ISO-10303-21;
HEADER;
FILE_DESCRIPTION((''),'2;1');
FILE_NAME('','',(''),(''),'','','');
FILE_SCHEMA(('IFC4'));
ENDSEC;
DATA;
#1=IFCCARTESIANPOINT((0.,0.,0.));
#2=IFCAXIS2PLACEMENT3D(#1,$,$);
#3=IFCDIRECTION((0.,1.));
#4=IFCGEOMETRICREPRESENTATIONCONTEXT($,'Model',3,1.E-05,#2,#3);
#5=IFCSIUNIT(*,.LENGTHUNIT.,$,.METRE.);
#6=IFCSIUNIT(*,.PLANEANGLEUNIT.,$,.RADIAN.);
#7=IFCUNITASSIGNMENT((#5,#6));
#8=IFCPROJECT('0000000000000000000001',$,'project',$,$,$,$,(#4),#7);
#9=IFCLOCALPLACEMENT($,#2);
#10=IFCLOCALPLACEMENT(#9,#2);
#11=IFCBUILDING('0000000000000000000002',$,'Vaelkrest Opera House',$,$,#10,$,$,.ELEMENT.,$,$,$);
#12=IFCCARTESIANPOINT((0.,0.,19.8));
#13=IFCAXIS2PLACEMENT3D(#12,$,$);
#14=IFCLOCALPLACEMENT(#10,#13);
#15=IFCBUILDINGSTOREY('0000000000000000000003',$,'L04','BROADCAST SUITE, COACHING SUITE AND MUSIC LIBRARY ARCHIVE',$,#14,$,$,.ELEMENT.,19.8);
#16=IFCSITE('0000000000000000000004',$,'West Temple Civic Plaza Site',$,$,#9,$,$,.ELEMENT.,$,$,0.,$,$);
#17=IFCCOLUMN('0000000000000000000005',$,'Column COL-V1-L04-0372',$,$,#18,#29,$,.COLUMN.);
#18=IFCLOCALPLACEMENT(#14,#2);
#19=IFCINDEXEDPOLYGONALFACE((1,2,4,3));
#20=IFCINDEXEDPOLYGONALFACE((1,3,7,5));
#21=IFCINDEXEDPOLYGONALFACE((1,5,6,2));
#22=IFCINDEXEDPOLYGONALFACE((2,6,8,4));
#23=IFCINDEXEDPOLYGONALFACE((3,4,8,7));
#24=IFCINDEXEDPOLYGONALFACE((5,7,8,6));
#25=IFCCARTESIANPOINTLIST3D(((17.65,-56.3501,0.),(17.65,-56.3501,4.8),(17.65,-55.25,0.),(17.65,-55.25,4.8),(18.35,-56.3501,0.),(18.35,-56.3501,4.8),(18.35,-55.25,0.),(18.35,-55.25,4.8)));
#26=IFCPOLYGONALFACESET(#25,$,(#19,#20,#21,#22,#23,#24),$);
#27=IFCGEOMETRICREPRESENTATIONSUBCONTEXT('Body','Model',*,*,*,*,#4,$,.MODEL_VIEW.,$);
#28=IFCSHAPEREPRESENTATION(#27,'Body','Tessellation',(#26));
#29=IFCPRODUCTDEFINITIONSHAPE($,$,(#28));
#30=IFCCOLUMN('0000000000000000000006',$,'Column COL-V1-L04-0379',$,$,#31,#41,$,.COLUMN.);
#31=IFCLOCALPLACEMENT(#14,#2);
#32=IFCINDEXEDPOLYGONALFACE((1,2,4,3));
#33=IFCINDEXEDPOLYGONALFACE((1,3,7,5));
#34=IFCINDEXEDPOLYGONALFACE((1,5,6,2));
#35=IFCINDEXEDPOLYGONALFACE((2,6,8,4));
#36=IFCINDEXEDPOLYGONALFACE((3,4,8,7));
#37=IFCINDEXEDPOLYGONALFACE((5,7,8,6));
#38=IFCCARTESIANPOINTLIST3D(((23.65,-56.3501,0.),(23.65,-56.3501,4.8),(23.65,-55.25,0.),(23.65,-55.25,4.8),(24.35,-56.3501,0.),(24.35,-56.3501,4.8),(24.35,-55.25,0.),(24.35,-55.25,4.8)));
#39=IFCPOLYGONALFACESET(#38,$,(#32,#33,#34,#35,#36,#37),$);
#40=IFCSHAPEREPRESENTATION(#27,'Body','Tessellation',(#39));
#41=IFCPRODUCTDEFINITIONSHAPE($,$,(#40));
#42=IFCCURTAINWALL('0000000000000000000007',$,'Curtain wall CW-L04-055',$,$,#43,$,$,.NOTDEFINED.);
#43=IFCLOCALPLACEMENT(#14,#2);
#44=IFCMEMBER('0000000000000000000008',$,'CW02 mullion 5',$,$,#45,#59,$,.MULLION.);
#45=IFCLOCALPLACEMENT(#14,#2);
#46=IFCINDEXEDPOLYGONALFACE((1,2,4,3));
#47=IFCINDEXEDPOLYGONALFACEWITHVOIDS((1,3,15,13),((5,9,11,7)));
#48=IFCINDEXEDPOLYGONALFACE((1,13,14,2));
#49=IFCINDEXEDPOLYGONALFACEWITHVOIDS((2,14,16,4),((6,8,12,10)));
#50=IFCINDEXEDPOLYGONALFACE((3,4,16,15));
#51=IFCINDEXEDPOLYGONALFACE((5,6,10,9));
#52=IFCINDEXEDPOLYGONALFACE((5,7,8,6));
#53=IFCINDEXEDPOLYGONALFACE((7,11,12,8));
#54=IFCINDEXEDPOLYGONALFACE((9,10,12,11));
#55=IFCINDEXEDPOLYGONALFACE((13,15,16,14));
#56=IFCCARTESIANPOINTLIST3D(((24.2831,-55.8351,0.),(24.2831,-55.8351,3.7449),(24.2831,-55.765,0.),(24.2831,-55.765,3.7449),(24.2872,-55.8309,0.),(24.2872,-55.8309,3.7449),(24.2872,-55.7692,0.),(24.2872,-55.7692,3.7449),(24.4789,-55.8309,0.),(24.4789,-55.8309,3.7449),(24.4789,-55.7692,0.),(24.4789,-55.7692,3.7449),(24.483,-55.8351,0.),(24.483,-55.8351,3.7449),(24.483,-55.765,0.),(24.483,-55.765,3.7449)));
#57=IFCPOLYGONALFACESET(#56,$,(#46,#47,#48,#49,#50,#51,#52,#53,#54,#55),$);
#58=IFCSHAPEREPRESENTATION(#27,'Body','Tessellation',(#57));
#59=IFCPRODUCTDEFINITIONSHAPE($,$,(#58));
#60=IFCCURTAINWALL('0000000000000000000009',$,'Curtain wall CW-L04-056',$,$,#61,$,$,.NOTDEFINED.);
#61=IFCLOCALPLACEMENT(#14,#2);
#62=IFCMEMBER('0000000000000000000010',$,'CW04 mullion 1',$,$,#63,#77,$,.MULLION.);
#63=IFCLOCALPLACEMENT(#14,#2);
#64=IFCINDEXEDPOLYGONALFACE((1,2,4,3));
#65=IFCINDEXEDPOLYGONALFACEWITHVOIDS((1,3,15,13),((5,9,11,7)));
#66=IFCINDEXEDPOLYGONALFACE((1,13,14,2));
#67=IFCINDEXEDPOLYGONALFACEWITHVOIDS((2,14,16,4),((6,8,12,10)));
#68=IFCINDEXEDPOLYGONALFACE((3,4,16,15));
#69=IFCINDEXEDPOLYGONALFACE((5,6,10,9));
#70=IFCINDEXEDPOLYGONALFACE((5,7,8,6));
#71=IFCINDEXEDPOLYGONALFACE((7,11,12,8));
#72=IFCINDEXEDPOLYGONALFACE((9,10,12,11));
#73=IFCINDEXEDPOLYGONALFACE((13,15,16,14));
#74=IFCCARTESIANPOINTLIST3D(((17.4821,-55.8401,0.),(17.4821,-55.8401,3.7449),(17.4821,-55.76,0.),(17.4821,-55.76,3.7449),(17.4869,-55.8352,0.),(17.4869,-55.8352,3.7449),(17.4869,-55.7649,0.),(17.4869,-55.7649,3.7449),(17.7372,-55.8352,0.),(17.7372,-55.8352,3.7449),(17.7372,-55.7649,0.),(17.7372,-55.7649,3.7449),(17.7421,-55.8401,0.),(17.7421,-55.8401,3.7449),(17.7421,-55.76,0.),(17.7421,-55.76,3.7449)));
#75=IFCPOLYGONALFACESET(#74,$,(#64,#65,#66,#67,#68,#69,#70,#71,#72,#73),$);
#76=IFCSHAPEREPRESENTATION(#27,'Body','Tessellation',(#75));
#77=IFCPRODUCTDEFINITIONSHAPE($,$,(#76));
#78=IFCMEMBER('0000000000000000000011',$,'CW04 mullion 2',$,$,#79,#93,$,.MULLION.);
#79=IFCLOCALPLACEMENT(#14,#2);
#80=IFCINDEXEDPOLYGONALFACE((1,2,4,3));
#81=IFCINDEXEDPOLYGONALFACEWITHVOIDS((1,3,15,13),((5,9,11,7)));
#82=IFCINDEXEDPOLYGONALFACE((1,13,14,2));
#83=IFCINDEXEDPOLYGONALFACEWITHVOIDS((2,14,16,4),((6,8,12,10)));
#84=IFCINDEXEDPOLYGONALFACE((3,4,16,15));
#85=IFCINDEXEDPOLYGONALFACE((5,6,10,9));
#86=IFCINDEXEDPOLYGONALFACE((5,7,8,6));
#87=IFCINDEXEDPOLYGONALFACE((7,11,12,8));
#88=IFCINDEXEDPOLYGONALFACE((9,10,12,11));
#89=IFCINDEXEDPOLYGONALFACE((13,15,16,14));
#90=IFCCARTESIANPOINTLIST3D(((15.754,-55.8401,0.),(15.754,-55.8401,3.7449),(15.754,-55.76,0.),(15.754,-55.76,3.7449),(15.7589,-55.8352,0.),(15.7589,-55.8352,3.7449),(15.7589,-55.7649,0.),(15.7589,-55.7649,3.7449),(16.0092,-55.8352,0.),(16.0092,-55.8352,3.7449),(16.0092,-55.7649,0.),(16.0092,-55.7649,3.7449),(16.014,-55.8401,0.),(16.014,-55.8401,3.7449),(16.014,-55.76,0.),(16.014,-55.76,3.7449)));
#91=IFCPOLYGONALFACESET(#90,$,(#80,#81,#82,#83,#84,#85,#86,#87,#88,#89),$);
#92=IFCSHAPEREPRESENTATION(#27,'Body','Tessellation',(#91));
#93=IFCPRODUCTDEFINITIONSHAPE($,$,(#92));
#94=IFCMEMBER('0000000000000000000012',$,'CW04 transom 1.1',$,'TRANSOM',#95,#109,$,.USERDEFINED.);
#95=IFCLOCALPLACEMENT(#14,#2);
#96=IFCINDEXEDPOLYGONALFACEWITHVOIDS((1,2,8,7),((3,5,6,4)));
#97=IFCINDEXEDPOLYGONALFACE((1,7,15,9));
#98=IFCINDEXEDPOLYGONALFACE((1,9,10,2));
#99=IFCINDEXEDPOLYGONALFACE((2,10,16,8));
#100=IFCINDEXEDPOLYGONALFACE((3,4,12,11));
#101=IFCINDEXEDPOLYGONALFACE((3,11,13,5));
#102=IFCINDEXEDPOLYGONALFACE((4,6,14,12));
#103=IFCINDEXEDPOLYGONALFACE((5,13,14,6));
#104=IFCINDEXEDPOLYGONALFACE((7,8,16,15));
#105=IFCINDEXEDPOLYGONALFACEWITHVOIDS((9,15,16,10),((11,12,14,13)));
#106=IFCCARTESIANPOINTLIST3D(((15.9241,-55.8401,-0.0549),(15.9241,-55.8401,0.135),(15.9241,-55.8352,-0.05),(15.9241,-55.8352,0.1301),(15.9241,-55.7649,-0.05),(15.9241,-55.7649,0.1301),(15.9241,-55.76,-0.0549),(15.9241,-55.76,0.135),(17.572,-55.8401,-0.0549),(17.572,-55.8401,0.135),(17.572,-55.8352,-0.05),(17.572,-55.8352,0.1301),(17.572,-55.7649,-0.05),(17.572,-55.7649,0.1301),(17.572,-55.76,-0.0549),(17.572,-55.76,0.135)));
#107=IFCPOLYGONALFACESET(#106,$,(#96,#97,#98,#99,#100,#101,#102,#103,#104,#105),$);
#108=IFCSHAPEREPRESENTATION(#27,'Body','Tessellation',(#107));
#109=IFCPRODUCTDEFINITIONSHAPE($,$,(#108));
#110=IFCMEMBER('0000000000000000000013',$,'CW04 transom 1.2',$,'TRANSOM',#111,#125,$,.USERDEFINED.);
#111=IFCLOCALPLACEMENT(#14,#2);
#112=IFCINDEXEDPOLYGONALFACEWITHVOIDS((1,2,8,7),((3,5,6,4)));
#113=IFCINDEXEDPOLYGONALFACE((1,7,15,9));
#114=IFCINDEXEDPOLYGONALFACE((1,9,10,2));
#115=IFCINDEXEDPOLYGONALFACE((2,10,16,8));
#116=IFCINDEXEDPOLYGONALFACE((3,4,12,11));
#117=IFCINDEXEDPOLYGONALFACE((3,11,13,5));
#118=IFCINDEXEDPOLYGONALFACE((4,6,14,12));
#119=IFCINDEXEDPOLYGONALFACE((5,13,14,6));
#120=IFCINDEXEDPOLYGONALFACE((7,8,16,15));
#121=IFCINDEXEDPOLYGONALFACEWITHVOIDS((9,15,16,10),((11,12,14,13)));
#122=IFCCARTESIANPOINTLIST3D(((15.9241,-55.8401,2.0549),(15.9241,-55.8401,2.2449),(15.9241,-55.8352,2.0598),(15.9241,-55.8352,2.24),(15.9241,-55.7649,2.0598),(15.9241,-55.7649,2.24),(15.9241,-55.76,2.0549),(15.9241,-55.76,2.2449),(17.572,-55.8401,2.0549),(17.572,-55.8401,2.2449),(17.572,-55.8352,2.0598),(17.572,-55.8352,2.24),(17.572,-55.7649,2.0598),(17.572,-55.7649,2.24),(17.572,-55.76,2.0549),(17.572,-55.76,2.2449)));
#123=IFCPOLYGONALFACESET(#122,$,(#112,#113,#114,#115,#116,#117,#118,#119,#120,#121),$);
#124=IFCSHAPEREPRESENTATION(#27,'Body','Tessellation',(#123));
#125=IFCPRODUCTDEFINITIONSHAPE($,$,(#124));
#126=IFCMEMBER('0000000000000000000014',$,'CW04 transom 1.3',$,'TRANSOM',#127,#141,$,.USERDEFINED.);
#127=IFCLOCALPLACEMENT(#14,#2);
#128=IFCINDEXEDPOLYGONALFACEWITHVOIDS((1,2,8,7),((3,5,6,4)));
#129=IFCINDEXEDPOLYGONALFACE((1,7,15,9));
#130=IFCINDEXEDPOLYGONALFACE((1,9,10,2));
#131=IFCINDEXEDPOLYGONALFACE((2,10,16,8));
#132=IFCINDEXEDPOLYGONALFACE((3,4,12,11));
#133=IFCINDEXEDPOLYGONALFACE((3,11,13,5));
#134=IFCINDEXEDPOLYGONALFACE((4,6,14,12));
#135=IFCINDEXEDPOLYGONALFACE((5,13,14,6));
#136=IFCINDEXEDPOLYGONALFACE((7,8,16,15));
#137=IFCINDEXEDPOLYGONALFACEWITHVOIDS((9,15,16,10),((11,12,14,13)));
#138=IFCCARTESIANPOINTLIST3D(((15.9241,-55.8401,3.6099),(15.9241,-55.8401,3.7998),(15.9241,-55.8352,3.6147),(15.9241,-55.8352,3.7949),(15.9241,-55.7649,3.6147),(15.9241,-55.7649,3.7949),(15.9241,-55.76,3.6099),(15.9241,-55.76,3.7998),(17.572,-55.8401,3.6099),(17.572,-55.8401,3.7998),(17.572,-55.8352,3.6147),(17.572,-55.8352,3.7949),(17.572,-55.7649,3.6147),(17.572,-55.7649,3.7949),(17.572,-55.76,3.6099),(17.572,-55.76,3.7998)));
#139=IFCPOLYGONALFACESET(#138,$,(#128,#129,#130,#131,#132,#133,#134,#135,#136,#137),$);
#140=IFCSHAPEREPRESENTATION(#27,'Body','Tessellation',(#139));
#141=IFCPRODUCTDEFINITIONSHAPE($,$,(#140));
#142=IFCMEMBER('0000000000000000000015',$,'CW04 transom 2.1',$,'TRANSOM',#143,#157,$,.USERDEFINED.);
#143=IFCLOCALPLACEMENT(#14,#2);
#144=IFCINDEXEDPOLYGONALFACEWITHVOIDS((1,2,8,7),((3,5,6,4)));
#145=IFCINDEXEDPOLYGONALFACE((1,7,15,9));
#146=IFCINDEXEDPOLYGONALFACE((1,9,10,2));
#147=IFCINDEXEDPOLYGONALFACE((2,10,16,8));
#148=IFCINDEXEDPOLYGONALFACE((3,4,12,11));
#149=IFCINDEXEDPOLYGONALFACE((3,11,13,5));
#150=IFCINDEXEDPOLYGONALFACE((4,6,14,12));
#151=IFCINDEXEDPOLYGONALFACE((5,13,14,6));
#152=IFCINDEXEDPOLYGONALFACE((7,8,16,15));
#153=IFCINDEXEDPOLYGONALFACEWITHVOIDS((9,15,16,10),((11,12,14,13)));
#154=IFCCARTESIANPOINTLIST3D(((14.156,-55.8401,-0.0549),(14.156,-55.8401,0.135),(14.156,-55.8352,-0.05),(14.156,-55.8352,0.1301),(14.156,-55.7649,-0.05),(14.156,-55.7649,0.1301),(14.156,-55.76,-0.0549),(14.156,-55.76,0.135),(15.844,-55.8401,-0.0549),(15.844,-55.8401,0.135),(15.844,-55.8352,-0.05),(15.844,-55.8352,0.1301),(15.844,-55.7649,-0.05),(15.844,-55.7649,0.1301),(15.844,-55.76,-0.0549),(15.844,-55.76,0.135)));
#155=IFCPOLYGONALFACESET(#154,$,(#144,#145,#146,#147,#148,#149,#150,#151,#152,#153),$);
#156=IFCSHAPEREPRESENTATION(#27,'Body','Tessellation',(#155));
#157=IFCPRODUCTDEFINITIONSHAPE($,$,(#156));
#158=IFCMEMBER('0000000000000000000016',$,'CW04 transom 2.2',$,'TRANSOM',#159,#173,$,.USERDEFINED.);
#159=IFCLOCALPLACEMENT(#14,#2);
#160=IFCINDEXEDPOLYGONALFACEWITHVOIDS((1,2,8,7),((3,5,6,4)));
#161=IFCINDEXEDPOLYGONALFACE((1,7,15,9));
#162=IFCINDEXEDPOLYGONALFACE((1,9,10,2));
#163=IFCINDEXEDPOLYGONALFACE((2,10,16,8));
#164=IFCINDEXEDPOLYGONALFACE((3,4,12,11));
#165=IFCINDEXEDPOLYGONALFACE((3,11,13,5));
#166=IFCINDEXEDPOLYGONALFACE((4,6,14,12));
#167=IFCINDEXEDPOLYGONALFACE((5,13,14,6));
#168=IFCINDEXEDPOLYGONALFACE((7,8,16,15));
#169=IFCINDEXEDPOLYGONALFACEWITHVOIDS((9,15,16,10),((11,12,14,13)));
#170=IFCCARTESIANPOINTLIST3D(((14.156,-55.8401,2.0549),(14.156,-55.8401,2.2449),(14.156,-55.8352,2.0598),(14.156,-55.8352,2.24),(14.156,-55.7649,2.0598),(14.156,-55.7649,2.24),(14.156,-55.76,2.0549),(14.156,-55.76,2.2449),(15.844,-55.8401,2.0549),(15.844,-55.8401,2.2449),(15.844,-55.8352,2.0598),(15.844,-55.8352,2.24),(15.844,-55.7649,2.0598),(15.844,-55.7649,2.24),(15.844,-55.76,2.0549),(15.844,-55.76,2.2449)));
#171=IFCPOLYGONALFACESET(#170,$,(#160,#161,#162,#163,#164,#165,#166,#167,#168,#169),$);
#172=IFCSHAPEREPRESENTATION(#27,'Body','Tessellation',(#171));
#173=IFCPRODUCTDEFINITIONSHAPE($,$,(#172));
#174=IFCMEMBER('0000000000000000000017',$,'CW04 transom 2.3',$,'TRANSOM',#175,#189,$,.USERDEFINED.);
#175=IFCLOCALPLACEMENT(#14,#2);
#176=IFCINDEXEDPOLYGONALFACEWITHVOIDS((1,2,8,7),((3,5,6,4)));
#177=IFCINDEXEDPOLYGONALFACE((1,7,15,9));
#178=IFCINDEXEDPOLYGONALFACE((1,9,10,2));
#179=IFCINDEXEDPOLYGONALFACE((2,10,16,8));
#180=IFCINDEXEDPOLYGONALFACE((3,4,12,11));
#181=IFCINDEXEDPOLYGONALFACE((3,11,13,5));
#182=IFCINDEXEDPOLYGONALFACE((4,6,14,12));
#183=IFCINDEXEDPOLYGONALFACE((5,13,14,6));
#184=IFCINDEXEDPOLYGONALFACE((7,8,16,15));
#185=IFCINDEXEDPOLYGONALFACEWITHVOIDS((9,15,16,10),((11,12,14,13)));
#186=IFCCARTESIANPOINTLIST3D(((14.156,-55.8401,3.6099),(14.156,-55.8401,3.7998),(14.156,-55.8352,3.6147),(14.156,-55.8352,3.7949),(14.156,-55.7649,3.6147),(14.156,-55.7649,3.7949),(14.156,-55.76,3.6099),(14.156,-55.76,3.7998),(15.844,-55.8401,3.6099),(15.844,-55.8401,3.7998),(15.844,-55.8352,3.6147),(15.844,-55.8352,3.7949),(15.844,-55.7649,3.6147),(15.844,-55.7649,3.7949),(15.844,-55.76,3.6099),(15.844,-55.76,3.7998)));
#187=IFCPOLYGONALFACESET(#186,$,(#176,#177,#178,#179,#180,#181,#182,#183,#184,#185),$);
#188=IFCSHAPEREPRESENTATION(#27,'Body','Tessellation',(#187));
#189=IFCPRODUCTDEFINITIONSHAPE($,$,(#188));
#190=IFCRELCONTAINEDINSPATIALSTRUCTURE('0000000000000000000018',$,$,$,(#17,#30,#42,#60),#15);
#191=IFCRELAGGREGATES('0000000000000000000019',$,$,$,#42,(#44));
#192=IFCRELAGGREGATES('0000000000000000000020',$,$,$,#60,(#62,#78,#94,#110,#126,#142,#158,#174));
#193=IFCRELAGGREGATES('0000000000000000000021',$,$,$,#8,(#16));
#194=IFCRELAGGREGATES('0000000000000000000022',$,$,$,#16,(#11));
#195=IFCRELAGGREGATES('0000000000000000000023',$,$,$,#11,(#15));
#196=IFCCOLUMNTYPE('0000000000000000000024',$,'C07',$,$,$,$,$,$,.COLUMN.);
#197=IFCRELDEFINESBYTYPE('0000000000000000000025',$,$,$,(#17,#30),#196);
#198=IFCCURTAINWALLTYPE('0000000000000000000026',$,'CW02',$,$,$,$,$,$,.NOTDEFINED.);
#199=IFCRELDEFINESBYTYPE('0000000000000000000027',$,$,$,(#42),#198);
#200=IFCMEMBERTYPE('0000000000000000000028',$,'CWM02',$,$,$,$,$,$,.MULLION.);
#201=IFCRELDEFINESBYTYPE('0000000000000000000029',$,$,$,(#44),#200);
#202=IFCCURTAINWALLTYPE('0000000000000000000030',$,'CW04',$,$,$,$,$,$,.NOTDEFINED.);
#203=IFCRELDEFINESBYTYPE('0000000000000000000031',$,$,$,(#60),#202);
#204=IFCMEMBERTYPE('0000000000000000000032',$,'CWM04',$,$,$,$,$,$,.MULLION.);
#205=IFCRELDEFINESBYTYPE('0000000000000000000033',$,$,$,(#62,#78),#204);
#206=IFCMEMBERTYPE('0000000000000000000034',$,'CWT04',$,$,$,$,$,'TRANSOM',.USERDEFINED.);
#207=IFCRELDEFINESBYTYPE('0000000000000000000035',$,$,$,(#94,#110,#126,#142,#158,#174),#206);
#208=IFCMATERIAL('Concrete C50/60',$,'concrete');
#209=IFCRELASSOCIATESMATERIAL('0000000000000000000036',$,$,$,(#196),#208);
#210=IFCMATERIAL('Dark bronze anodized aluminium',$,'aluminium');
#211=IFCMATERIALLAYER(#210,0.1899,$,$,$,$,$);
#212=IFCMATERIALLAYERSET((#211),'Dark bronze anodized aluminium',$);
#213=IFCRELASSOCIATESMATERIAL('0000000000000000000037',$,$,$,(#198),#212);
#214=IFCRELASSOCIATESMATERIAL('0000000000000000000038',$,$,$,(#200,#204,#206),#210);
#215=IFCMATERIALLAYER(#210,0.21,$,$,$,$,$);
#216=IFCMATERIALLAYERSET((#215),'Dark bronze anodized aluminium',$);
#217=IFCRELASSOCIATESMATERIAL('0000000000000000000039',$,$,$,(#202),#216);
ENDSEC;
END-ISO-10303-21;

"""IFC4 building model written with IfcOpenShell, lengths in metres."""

from ifc_helpers import new_model, si_unit, direction, frame, origin, origin_2d, place, context, subcontext, project, spatial, rectangle, hollow_rectangle, extrude, material, layer, layer_set, material_profile, profile_set, type_object, element, aggregate, save


model = new_model("IFC4")

# Units and contexts
model_context = context("Model", 3, precision=1e-05, world=origin(), true_north=direction((0.0, 1.0)))
body_context = subcontext(model_context, "Body", "Model", "MODEL_VIEW")
ifc_project = project(units=[si_unit("LENGTHUNIT", "METRE"), si_unit("PLANEANGLEUNIT", "RADIAN")], contexts=[model_context])

# Site, building, storey
site_placement = place(None, origin())
site = spatial("IfcSite", under=ifc_project, at=site_placement, Name="West Temple Civic Plaza Site", CompositionType="ELEMENT", RefElevation=0.0)
building_placement = place(site_placement, origin())
building = spatial("IfcBuilding", under=site, at=building_placement, Name="Vaelkrest Opera House", CompositionType="ELEMENT")
storey_placement = place(building_placement, frame((0.0, 0.0, 19.8)))
storey = spatial("IfcBuildingStorey", under=building, at=storey_placement, Name="L04", Description="BROADCAST SUITE, COACHING SUITE AND MUSIC LIBRARY ARCHIVE", CompositionType="ELEMENT", Elevation=19.8)

# Columns
ifc_material_1 = material(Name="Concrete C50/60", Category="concrete")
ifc_material_profile_1 = material_profile(ifc_material_1, rectangle(XDim=0.7, YDim=1.1001, at=origin_2d()), Name="RC700X1100")
ifc_profile_set_1 = profile_set([ifc_material_profile_1], Name="Concrete C50/60")
column_type = type_object("IfcColumnType", Name="C07", PredefinedType="COLUMN", material=ifc_profile_set_1)
for number, where, z_axis, x_axis, name in (
    (1, (18.0, -55.8, 0.0), (0.0, 0.0, 1.0), (1.0, 0.0, 0.0), "Column COL-V1-L04-0372"),
    (2, (24.0, -55.8, 0.0), (0.0, 0.0, 1.0), (1.0, 0.0, 0.0), "Column COL-V1-L04-0379"),
):
    element("IfcColumn", number, at=place(storey_placement, frame(where, z_axis=z_axis, x_axis=x_axis)), inside=storey, type_object=column_type, Name=name, PredefinedType="COLUMN", context=body_context, shape_type="SweptSolid", body=[
        extrude(rectangle(XDim=0.7, YDim=1.1001, at=origin_2d()), origin(), (0.0, 0.0, 1.0), 4.8),
    ])

# Curtain wall, member
ifc_material_2 = material(Name="Dark bronze anodized aluminium", Category="aluminium")
ifc_layer_1 = layer(ifc_material_2, 0.1899)
ifc_layer_set_1 = layer_set([ifc_layer_1], Name="Dark bronze anodized aluminium")
curtain_wall_type_1 = type_object("IfcCurtainWallType", Name="CW02", PredefinedType="NOTDEFINED", material=ifc_layer_set_1)
curtain_wall_1_placement = place(storey_placement, origin())
curtain_wall_1 = element("IfcCurtainWall", 3, at=curtain_wall_1_placement, inside=storey, type_object=curtain_wall_type_1, Name="Curtain wall CW-L04-055", PredefinedType="NOTDEFINED")
ifc_material_profile_2 = material_profile(ifc_material_2, hollow_rectangle(XDim=0.0701, YDim=0.2, WallThickness=0.0042, at=origin_2d()), Name="CWM70X200")
ifc_profile_set_2 = profile_set([ifc_material_profile_2], Name="Dark bronze anodized aluminium")
member_type_1 = type_object("IfcMemberType", Name="CWM02", PredefinedType="MULLION", material=ifc_profile_set_2)
member_1_placement = place(storey_placement, frame((24.3831, -55.8, 0.0), z_axis=(0.0, 0.0, 1.0), x_axis=(0.0, -1.0, 0.0)))
member_1 = element("IfcMember", 4, at=member_1_placement, type_object=member_type_1, Name="CW02 mullion 5", PredefinedType="MULLION", context=body_context, shape_type="SweptSolid", body=[
    extrude(hollow_rectangle(XDim=0.0701, YDim=0.2, WallThickness=0.0042, at=origin_2d()), origin(), (0.0, 0.0, 1.0), 3.7449),
])

# Curtain wall, members
ifc_layer_2 = layer(ifc_material_2, 0.21)
ifc_layer_set_2 = layer_set([ifc_layer_2], Name="Dark bronze anodized aluminium")
curtain_wall_type_2 = type_object("IfcCurtainWallType", Name="CW04", PredefinedType="NOTDEFINED", material=ifc_layer_set_2)
curtain_wall_2_placement = place(storey_placement, origin())
curtain_wall_2 = element("IfcCurtainWall", 5, at=curtain_wall_2_placement, inside=storey, type_object=curtain_wall_type_2, Name="Curtain wall CW-L04-056", PredefinedType="NOTDEFINED")
ifc_material_profile_3 = material_profile(ifc_material_2, hollow_rectangle(XDim=0.0801, YDim=0.26, WallThickness=0.0049, at=origin_2d()), Name="CWM80X260")
ifc_profile_set_3 = profile_set([ifc_material_profile_3], Name="Dark bronze anodized aluminium")
member_type_2 = type_object("IfcMemberType", Name="CWM04", PredefinedType="MULLION", material=ifc_profile_set_3)
member_2_placement = place(storey_placement, frame((17.6121, -55.8, 0.0), z_axis=(0.0, 0.0, 1.0), x_axis=(0.0, -1.0, 0.0)))
member_2 = element("IfcMember", 6, at=member_2_placement, type_object=member_type_2, Name="CW04 mullion 1", PredefinedType="MULLION", context=body_context, shape_type="SweptSolid", body=[
    extrude(hollow_rectangle(XDim=0.0801, YDim=0.26, WallThickness=0.0049, at=origin_2d()), origin(), (0.0, 0.0, 1.0), 3.7449),
])
member_3_placement = place(storey_placement, frame((15.884, -55.8, 0.0), z_axis=(0.0, 0.0, 1.0), x_axis=(0.0, -1.0, 0.0)))
member_3 = element("IfcMember", 7, at=member_3_placement, type_object=member_type_2, Name="CW04 mullion 2", PredefinedType="MULLION", context=body_context, shape_type="SweptSolid", body=[
    extrude(hollow_rectangle(XDim=0.0801, YDim=0.26, WallThickness=0.0049, at=origin_2d()), origin(), (0.0, 0.0, 1.0), 3.7449),
])
ifc_material_profile_4 = material_profile(ifc_material_2, hollow_rectangle(XDim=0.0801, YDim=0.1899, WallThickness=0.0049, at=origin_2d()), Name="CWT80X190")
ifc_profile_set_4 = profile_set([ifc_material_profile_4], Name="Dark bronze anodized aluminium")
member_type_3 = type_object("IfcMemberType", Name="CWT04", ElementType="TRANSOM", PredefinedType="USERDEFINED", material=ifc_profile_set_4)
member_4_placement = place(storey_placement, frame((17.572, -55.8, 0.04), z_axis=(-1.0, 0.0, 0.0), x_axis=(0.0, -1.0, 0.0)))
member_4 = element("IfcMember", 8, at=member_4_placement, type_object=member_type_3, Name="CW04 transom 1.1", ObjectType="TRANSOM", PredefinedType="USERDEFINED", context=body_context, shape_type="SweptSolid", body=[
    extrude(hollow_rectangle(XDim=0.0801, YDim=0.1899, WallThickness=0.0049, at=origin_2d()), origin(), (0.0, 0.0, 1.0), 1.6479),
])
member_5_placement = place(storey_placement, frame((17.572, -55.8, 2.1499), z_axis=(-1.0, 0.0, 0.0), x_axis=(0.0, -1.0, 0.0)))
member_5 = element("IfcMember", 9, at=member_5_placement, type_object=member_type_3, Name="CW04 transom 1.2", ObjectType="TRANSOM", PredefinedType="USERDEFINED", context=body_context, shape_type="SweptSolid", body=[
    extrude(hollow_rectangle(XDim=0.0801, YDim=0.1899, WallThickness=0.0049, at=origin_2d()), origin(), (0.0, 0.0, 1.0), 1.6479),
])
member_6_placement = place(storey_placement, frame((17.572, -55.8, 3.7048), z_axis=(-1.0, 0.0, 0.0), x_axis=(0.0, -1.0, 0.0)))
member_6 = element("IfcMember", 10, at=member_6_placement, type_object=member_type_3, Name="CW04 transom 1.3", ObjectType="TRANSOM", PredefinedType="USERDEFINED", context=body_context, shape_type="SweptSolid", body=[
    extrude(hollow_rectangle(XDim=0.0801, YDim=0.1899, WallThickness=0.0049, at=origin_2d()), origin(), (0.0, 0.0, 1.0), 1.6479),
])
member_7_placement = place(storey_placement, frame((15.844, -55.8, 0.04), z_axis=(-1.0, 0.0, 0.0), x_axis=(0.0, -1.0, 0.0)))
member_7 = element("IfcMember", 11, at=member_7_placement, type_object=member_type_3, Name="CW04 transom 2.1", ObjectType="TRANSOM", PredefinedType="USERDEFINED", context=body_context, shape_type="SweptSolid", body=[
    extrude(hollow_rectangle(XDim=0.0801, YDim=0.1899, WallThickness=0.0049, at=origin_2d()), origin(), (0.0, 0.0, 1.0), 1.688),
])
member_8_placement = place(storey_placement, frame((15.844, -55.8, 2.1499), z_axis=(-1.0, 0.0, 0.0), x_axis=(0.0, -1.0, 0.0)))
member_8 = element("IfcMember", 12, at=member_8_placement, type_object=member_type_3, Name="CW04 transom 2.2", ObjectType="TRANSOM", PredefinedType="USERDEFINED", context=body_context, shape_type="SweptSolid", body=[
    extrude(hollow_rectangle(XDim=0.0801, YDim=0.1899, WallThickness=0.0049, at=origin_2d()), origin(), (0.0, 0.0, 1.0), 1.688),
])
member_9_placement = place(storey_placement, frame((15.844, -55.8, 3.7048), z_axis=(-1.0, 0.0, 0.0), x_axis=(0.0, -1.0, 0.0)))
member_9 = element("IfcMember", 13, at=member_9_placement, type_object=member_type_3, Name="CW04 transom 2.3", ObjectType="TRANSOM", PredefinedType="USERDEFINED", context=body_context, shape_type="SweptSolid", body=[
    extrude(hollow_rectangle(XDim=0.0801, YDim=0.1899, WallThickness=0.0049, at=origin_2d()), origin(), (0.0, 0.0, 1.0), 1.688),
])

aggregate(curtain_wall_1, [member_1])
aggregate(curtain_wall_2, [member_2, member_3, member_4, member_5, member_6, member_7, member_8, member_9])

save(model, "model.ifc")
